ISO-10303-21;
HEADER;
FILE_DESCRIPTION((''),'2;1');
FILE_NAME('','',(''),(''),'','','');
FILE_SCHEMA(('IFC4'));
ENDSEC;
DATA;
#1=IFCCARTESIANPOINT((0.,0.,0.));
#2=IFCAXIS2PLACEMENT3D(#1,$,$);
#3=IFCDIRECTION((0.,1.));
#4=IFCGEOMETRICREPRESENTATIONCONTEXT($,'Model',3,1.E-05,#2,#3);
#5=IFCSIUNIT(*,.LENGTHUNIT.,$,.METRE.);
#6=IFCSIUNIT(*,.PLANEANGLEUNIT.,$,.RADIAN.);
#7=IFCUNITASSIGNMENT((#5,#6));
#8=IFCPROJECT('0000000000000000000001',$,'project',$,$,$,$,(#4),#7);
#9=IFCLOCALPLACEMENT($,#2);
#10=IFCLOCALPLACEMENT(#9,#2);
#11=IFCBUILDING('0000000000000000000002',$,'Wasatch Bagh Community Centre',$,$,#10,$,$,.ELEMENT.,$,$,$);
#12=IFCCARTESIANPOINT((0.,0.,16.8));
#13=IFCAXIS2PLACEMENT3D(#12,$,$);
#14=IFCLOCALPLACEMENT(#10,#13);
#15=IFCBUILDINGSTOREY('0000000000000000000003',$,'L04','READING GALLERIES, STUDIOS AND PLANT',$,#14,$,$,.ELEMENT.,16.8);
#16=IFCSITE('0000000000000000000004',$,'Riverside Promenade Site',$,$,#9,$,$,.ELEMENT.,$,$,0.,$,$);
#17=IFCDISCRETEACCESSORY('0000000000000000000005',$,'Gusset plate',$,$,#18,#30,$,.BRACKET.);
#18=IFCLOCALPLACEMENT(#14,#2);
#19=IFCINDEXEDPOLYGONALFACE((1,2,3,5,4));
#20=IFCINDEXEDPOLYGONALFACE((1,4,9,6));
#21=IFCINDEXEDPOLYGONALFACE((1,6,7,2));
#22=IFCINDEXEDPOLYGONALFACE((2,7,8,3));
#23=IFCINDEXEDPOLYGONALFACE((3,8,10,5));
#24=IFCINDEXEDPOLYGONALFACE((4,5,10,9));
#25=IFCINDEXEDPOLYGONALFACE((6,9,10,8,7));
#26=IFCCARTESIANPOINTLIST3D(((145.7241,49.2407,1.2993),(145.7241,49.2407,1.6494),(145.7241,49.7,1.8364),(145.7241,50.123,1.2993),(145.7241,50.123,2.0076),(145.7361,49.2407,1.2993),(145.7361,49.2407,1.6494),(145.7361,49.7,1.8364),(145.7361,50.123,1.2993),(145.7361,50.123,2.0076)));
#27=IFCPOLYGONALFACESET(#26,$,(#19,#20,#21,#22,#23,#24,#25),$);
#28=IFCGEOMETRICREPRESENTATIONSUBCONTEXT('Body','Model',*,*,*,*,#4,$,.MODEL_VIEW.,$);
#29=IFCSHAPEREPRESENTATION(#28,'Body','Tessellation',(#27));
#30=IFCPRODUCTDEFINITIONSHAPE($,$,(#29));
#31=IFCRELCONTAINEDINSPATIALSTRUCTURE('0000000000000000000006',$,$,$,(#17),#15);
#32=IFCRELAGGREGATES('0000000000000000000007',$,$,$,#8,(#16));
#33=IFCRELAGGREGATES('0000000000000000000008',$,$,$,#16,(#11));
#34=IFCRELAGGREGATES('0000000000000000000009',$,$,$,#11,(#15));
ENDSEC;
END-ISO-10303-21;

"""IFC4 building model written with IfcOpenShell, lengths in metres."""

from ifc_helpers import new_model, si_unit, direction, frame, origin, place, context, subcontext, project, spatial, polyline, outline, extrude, element, save


model = new_model("IFC4")

# Units and contexts
model_context = context("Model", 3, precision=1e-05, world=origin(), true_north=direction((0.0, 1.0)))
body_context = subcontext(model_context, "Body", "Model", "MODEL_VIEW")
ifc_project = project(units=[si_unit("LENGTHUNIT", "METRE"), si_unit("PLANEANGLEUNIT", "RADIAN")], contexts=[model_context])

# Site, building, storey
site_placement = place(None, origin())
site = spatial("IfcSite", under=ifc_project, at=site_placement, Name="Riverside Promenade Site", CompositionType="ELEMENT", RefElevation=0.0)
building_placement = place(site_placement, origin())
building = spatial("IfcBuilding", under=site, at=building_placement, Name="Wasatch Bagh Community Centre", CompositionType="ELEMENT")
storey_placement = place(building_placement, frame((0.0, 0.0, 16.8)))
storey = spatial("IfcBuildingStorey", under=building, at=storey_placement, Name="L04", Description="READING GALLERIES, STUDIOS AND PLANT", CompositionType="ELEMENT", Elevation=16.8)

# Discrete accessory
for number, where, z_axis, x_axis, name in (
    (1, (145.7241, 49.2407, 1.6494), (-1.0, 0.0, 0.0), (0.0, 0.92615, 0.377156), "Gusset plate"),
):
    element("IfcDiscreteAccessory", number, at=place(storey_placement, frame(where, z_axis=z_axis, x_axis=x_axis)), inside=storey, Name=name, PredefinedType="BRACKET", context=body_context, shape_type="SweptSolid", body=[
        extrude(outline(polyline([(0.0, 0.0), (0.4958, 0.0), (0.9522, 0.0011), (0.6851, 0.657), (-0.132, 0.3242), (0.0, 0.0)])), origin(), (0.0, 0.0, -1.0), 0.012),
    ])

save(model, "model.ifc")
